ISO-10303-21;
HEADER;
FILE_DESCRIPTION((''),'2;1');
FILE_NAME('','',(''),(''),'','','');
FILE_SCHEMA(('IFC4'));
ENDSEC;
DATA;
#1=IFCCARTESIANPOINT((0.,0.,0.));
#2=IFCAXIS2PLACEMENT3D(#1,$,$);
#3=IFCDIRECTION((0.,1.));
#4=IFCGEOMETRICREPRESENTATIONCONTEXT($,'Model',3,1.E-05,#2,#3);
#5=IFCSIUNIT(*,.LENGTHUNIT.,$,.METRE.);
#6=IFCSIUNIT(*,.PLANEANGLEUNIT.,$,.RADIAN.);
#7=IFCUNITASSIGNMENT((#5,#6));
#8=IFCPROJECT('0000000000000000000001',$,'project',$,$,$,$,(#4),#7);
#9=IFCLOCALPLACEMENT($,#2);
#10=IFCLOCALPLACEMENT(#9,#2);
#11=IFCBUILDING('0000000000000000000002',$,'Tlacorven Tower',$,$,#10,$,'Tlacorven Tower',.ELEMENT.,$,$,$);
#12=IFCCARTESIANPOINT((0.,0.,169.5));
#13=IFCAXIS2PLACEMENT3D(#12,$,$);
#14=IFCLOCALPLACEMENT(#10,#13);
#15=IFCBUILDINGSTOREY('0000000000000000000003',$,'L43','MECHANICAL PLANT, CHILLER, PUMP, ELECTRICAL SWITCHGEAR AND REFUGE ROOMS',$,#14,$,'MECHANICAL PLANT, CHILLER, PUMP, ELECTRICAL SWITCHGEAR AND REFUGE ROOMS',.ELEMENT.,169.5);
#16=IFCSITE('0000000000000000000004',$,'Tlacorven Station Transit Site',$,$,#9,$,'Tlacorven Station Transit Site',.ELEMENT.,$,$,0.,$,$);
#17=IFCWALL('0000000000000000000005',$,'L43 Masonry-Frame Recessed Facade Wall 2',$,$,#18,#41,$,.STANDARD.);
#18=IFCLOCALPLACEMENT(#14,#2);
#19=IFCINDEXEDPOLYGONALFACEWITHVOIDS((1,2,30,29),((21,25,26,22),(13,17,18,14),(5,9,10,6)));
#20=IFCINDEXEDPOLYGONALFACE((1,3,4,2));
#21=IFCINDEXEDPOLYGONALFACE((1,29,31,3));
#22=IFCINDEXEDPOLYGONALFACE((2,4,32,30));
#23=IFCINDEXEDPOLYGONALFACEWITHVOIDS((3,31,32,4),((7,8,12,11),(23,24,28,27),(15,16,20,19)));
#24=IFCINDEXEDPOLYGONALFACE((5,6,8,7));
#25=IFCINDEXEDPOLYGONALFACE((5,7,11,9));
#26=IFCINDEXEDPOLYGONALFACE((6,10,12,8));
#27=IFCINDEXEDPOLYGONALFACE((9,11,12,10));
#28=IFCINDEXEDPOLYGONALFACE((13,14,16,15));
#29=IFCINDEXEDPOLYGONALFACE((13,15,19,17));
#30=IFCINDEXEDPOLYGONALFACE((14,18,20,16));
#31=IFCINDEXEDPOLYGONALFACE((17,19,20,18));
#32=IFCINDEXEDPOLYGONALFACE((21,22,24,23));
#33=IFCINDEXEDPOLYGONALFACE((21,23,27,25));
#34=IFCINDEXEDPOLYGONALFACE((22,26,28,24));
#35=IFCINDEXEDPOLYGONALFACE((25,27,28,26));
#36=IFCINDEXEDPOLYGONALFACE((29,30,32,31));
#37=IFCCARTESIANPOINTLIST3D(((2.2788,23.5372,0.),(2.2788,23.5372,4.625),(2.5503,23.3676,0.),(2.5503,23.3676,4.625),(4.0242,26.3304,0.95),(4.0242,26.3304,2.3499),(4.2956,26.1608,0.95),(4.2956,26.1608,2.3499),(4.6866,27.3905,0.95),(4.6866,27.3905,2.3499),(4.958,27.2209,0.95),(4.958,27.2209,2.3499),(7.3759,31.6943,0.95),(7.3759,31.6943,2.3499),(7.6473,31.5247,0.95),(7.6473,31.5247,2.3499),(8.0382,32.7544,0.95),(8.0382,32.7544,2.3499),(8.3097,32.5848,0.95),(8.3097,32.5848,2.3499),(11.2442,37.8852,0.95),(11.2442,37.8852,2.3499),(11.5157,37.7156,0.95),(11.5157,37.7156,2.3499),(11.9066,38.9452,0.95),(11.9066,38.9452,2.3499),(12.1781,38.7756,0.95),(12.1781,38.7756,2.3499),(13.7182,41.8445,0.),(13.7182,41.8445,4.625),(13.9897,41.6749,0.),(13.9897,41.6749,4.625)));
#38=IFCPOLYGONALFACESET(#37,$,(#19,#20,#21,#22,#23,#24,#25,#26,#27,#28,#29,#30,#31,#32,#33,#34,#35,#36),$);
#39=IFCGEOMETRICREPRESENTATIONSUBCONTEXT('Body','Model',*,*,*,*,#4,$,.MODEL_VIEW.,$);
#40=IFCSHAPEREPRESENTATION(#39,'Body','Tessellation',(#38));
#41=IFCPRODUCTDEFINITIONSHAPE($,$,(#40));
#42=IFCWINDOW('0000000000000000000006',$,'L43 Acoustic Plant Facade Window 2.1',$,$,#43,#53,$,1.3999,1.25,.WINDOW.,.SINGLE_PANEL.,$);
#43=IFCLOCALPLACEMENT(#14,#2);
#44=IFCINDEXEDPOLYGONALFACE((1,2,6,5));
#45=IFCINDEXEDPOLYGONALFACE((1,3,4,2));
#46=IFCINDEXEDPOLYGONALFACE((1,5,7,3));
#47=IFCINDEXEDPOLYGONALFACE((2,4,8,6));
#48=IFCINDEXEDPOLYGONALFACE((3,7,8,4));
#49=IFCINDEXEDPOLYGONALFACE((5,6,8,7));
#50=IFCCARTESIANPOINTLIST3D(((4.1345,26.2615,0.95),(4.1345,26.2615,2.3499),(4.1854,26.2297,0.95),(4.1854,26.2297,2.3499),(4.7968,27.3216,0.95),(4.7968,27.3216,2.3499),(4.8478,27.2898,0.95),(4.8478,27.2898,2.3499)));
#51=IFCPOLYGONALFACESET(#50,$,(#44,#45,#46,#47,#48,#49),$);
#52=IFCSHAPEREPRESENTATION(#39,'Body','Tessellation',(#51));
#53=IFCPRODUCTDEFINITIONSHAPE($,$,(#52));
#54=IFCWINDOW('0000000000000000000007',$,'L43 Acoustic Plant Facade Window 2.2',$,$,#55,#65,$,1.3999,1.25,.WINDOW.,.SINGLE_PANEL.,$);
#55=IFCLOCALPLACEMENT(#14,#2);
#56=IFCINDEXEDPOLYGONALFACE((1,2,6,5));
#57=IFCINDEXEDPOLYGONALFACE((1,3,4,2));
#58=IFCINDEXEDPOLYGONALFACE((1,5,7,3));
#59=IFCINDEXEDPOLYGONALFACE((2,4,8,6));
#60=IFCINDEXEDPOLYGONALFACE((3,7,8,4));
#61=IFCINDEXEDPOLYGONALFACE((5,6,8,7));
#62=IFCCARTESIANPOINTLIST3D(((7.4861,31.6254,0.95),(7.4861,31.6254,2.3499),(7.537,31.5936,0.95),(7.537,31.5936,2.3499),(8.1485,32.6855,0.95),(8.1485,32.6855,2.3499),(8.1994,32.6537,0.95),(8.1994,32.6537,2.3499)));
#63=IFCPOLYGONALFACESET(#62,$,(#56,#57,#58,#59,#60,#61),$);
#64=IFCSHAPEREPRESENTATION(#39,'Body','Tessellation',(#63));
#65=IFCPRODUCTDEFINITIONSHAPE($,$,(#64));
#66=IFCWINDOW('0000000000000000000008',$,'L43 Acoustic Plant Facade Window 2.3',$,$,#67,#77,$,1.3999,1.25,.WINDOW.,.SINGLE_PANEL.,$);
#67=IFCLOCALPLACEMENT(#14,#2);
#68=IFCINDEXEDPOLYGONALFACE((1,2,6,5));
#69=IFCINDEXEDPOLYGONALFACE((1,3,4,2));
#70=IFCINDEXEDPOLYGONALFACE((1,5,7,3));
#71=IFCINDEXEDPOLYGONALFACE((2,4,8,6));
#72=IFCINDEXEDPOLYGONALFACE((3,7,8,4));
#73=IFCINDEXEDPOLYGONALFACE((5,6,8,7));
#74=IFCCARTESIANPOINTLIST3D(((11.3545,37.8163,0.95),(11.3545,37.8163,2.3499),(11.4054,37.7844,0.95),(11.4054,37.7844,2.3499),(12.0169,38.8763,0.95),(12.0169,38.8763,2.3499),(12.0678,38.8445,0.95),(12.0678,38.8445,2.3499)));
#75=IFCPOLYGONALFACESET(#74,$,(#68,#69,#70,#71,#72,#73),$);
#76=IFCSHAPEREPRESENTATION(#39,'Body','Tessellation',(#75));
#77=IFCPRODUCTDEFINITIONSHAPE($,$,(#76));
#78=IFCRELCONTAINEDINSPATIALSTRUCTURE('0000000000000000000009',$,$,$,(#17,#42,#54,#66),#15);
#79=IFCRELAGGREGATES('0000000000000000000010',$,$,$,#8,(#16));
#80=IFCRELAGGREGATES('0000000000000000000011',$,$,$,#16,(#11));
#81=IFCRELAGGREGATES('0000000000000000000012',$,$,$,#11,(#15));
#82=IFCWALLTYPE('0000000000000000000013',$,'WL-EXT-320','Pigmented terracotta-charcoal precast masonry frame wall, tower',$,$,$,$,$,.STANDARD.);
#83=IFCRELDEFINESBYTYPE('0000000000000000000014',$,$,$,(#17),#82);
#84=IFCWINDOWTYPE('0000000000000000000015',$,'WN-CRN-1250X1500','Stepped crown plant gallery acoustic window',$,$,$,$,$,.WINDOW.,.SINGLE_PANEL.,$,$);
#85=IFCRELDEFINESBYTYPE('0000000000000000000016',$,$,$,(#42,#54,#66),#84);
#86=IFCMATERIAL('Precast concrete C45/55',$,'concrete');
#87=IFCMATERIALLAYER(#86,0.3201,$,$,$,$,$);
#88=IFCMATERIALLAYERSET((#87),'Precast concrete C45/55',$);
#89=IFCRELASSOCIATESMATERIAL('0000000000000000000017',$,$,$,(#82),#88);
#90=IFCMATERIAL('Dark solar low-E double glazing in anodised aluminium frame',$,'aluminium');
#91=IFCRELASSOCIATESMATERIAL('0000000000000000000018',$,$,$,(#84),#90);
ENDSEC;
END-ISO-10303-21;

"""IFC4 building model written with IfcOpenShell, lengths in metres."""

from ifc_helpers import new_model, si_unit, direction, frame, frame_2d, origin, place, context, subcontext, project, spatial, rectangle, extrude, source, transform, mapped, material, layer, layer_set, type_object, element, fill, save


model = new_model("IFC4")

# Units and contexts
model_context = context("Model", 3, precision=1e-05, world=origin(), true_north=direction((0.0, 1.0)))
body_context = subcontext(model_context, "Body", "Model", "MODEL_VIEW")
ifc_project = project(units=[si_unit("LENGTHUNIT", "METRE"), si_unit("PLANEANGLEUNIT", "RADIAN")], contexts=[model_context])

# Site, building, storey
site_placement = place(None, origin())
site = spatial("IfcSite", under=ifc_project, at=site_placement, Name="Tlacorven Station Transit Site", LongName="Tlacorven Station Transit Site", CompositionType="ELEMENT", RefElevation=0.0)
building_placement = place(site_placement, origin())
building = spatial("IfcBuilding", under=site, at=building_placement, Name="Tlacorven Tower", LongName="Tlacorven Tower", CompositionType="ELEMENT")
storey_placement = place(building_placement, frame((0.0, 0.0, 169.5)))
storey = spatial("IfcBuildingStorey", under=building, at=storey_placement, Name="L43", Description="MECHANICAL PLANT, CHILLER, PUMP, ELECTRICAL SWITCHGEAR AND REFUGE ROOMS", LongName="MECHANICAL PLANT, CHILLER, PUMP, ELECTRICAL SWITCHGEAR AND REFUGE ROOMS", CompositionType="ELEMENT", Elevation=169.5)

# Wall, openings, windows
ifc_material_1 = material(Name="Precast concrete C45/55", Category="concrete")
ifc_layer_1 = layer(ifc_material_1, 0.3201)
ifc_layer_set_1 = layer_set([ifc_layer_1], Name="Precast concrete C45/55")
wall_type = type_object("IfcWallType", Name="WL-EXT-320", Description="Pigmented terracotta-charcoal precast masonry frame wall, tower", PredefinedType="STANDARD", material=ifc_layer_set_1)
wall_placement = place(storey_placement, frame((2.4146, 23.4524, 0.0), z_axis=(0.0, 0.0, 1.0), x_axis=(0.52991, 0.848054, 0.0)))
wall = element("IfcWall", 1, at=wall_placement, inside=storey, type_object=wall_type, Name="L43 Masonry-Frame Recessed Facade Wall 2", PredefinedType="STANDARD", context=body_context, shape_type="SweptSolid", body=[
    extrude(rectangle(XDim=21.5874, YDim=0.3201, at=frame_2d((10.7937, 0.0))), origin(), (0.0, 0.0, 1.0), 4.625),
])
opening_1_placement = place(wall_placement, frame((3.2937, 0.0, 0.95)))
opening_1 = element("IfcOpeningElement", 2, at=opening_1_placement, cuts=wall, PredefinedType="OPENING", context=body_context, shape_type="SweptSolid", body=[
    extrude(rectangle(XDim=1.25, YDim=1.3999, at=frame_2d((0.625, 0.7))), frame((0.0, 0.1699, 0.0), z_axis=(0.0, -1.0, 0.0), x_axis=(1.0, 0.0, 0.0)), (0.0, 0.0, 1.0), 0.3401),
])
opening_2_placement = place(wall_placement, frame((9.6187, 0.0, 0.95)))
opening_2 = element("IfcOpeningElement", 3, at=opening_2_placement, cuts=wall, PredefinedType="OPENING", context=body_context, shape_type="SweptSolid", body=[
    extrude(rectangle(XDim=1.25, YDim=1.3999, at=frame_2d((0.625, 0.7))), frame((0.0, 0.1699, 0.0), z_axis=(0.0, -1.0, 0.0), x_axis=(1.0, 0.0, 0.0)), (0.0, 0.0, 1.0), 0.3401),
])
opening_3_placement = place(wall_placement, frame((16.9187, 0.0, 0.95)))
opening_3 = element("IfcOpeningElement", 4, at=opening_3_placement, cuts=wall, PredefinedType="OPENING", context=body_context, shape_type="SweptSolid", body=[
    extrude(rectangle(XDim=1.25, YDim=1.3999, at=frame_2d((0.625, 0.7))), frame((0.0, 0.1699, 0.0), z_axis=(0.0, -1.0, 0.0), x_axis=(1.0, 0.0, 0.0)), (0.0, 0.0, 1.0), 0.3401),
])
ifc_material_2 = material(Name="Dark solar low-E double glazing in anodised aluminium frame", Category="aluminium")
window_type = type_object("IfcWindowType", Name="WN-CRN-1250X1500", Description="Stepped crown plant gallery acoustic window", PartitioningType="SINGLE_PANEL", PredefinedType="WINDOW", material=ifc_material_2)
shared_shape_1 = source(origin(), body_context, "Body", "SweptSolid", [
    extrude(rectangle(XDim=1.25, YDim=1.3999, at=frame_2d((0.625, 0.7))), frame((0.0, 0.03, 0.0), z_axis=(0.0, -1.0, 0.0), x_axis=(1.0, 0.0, 0.0)), (0.0, 0.0, 1.0), 0.0601),
])
window_1_placement = place(opening_1_placement, origin())
window_1 = element("IfcWindow", 5, at=window_1_placement, inside=storey, type_object=window_type, Name="L43 Acoustic Plant Facade Window 2.1", OverallHeight=1.3999, OverallWidth=1.25, PartitioningType="SINGLE_PANEL", PredefinedType="WINDOW", context=body_context, shape_type="MappedRepresentation", body=[
    mapped(shared_shape_1, transform((0.0, 0.0, 0.0), scale=1.0)),
])
fill(opening_1, window_1)
window_2_placement = place(opening_2_placement, origin())
window_2 = element("IfcWindow", 6, at=window_2_placement, inside=storey, type_object=window_type, Name="L43 Acoustic Plant Facade Window 2.2", OverallHeight=1.3999, OverallWidth=1.25, PartitioningType="SINGLE_PANEL", PredefinedType="WINDOW", context=body_context, shape_type="MappedRepresentation", body=[
    mapped(shared_shape_1, transform((0.0, 0.0, 0.0), scale=1.0)),
])
fill(opening_2, window_2)
window_3_placement = place(opening_3_placement, origin())
window_3 = element("IfcWindow", 7, at=window_3_placement, inside=storey, type_object=window_type, Name="L43 Acoustic Plant Facade Window 2.3", OverallHeight=1.3999, OverallWidth=1.25, PartitioningType="SINGLE_PANEL", PredefinedType="WINDOW", context=body_context, shape_type="MappedRepresentation", body=[
    mapped(shared_shape_1, transform((0.0, 0.0, 0.0), scale=1.0)),
])
fill(opening_3, window_3)

save(model, "model.ifc")
